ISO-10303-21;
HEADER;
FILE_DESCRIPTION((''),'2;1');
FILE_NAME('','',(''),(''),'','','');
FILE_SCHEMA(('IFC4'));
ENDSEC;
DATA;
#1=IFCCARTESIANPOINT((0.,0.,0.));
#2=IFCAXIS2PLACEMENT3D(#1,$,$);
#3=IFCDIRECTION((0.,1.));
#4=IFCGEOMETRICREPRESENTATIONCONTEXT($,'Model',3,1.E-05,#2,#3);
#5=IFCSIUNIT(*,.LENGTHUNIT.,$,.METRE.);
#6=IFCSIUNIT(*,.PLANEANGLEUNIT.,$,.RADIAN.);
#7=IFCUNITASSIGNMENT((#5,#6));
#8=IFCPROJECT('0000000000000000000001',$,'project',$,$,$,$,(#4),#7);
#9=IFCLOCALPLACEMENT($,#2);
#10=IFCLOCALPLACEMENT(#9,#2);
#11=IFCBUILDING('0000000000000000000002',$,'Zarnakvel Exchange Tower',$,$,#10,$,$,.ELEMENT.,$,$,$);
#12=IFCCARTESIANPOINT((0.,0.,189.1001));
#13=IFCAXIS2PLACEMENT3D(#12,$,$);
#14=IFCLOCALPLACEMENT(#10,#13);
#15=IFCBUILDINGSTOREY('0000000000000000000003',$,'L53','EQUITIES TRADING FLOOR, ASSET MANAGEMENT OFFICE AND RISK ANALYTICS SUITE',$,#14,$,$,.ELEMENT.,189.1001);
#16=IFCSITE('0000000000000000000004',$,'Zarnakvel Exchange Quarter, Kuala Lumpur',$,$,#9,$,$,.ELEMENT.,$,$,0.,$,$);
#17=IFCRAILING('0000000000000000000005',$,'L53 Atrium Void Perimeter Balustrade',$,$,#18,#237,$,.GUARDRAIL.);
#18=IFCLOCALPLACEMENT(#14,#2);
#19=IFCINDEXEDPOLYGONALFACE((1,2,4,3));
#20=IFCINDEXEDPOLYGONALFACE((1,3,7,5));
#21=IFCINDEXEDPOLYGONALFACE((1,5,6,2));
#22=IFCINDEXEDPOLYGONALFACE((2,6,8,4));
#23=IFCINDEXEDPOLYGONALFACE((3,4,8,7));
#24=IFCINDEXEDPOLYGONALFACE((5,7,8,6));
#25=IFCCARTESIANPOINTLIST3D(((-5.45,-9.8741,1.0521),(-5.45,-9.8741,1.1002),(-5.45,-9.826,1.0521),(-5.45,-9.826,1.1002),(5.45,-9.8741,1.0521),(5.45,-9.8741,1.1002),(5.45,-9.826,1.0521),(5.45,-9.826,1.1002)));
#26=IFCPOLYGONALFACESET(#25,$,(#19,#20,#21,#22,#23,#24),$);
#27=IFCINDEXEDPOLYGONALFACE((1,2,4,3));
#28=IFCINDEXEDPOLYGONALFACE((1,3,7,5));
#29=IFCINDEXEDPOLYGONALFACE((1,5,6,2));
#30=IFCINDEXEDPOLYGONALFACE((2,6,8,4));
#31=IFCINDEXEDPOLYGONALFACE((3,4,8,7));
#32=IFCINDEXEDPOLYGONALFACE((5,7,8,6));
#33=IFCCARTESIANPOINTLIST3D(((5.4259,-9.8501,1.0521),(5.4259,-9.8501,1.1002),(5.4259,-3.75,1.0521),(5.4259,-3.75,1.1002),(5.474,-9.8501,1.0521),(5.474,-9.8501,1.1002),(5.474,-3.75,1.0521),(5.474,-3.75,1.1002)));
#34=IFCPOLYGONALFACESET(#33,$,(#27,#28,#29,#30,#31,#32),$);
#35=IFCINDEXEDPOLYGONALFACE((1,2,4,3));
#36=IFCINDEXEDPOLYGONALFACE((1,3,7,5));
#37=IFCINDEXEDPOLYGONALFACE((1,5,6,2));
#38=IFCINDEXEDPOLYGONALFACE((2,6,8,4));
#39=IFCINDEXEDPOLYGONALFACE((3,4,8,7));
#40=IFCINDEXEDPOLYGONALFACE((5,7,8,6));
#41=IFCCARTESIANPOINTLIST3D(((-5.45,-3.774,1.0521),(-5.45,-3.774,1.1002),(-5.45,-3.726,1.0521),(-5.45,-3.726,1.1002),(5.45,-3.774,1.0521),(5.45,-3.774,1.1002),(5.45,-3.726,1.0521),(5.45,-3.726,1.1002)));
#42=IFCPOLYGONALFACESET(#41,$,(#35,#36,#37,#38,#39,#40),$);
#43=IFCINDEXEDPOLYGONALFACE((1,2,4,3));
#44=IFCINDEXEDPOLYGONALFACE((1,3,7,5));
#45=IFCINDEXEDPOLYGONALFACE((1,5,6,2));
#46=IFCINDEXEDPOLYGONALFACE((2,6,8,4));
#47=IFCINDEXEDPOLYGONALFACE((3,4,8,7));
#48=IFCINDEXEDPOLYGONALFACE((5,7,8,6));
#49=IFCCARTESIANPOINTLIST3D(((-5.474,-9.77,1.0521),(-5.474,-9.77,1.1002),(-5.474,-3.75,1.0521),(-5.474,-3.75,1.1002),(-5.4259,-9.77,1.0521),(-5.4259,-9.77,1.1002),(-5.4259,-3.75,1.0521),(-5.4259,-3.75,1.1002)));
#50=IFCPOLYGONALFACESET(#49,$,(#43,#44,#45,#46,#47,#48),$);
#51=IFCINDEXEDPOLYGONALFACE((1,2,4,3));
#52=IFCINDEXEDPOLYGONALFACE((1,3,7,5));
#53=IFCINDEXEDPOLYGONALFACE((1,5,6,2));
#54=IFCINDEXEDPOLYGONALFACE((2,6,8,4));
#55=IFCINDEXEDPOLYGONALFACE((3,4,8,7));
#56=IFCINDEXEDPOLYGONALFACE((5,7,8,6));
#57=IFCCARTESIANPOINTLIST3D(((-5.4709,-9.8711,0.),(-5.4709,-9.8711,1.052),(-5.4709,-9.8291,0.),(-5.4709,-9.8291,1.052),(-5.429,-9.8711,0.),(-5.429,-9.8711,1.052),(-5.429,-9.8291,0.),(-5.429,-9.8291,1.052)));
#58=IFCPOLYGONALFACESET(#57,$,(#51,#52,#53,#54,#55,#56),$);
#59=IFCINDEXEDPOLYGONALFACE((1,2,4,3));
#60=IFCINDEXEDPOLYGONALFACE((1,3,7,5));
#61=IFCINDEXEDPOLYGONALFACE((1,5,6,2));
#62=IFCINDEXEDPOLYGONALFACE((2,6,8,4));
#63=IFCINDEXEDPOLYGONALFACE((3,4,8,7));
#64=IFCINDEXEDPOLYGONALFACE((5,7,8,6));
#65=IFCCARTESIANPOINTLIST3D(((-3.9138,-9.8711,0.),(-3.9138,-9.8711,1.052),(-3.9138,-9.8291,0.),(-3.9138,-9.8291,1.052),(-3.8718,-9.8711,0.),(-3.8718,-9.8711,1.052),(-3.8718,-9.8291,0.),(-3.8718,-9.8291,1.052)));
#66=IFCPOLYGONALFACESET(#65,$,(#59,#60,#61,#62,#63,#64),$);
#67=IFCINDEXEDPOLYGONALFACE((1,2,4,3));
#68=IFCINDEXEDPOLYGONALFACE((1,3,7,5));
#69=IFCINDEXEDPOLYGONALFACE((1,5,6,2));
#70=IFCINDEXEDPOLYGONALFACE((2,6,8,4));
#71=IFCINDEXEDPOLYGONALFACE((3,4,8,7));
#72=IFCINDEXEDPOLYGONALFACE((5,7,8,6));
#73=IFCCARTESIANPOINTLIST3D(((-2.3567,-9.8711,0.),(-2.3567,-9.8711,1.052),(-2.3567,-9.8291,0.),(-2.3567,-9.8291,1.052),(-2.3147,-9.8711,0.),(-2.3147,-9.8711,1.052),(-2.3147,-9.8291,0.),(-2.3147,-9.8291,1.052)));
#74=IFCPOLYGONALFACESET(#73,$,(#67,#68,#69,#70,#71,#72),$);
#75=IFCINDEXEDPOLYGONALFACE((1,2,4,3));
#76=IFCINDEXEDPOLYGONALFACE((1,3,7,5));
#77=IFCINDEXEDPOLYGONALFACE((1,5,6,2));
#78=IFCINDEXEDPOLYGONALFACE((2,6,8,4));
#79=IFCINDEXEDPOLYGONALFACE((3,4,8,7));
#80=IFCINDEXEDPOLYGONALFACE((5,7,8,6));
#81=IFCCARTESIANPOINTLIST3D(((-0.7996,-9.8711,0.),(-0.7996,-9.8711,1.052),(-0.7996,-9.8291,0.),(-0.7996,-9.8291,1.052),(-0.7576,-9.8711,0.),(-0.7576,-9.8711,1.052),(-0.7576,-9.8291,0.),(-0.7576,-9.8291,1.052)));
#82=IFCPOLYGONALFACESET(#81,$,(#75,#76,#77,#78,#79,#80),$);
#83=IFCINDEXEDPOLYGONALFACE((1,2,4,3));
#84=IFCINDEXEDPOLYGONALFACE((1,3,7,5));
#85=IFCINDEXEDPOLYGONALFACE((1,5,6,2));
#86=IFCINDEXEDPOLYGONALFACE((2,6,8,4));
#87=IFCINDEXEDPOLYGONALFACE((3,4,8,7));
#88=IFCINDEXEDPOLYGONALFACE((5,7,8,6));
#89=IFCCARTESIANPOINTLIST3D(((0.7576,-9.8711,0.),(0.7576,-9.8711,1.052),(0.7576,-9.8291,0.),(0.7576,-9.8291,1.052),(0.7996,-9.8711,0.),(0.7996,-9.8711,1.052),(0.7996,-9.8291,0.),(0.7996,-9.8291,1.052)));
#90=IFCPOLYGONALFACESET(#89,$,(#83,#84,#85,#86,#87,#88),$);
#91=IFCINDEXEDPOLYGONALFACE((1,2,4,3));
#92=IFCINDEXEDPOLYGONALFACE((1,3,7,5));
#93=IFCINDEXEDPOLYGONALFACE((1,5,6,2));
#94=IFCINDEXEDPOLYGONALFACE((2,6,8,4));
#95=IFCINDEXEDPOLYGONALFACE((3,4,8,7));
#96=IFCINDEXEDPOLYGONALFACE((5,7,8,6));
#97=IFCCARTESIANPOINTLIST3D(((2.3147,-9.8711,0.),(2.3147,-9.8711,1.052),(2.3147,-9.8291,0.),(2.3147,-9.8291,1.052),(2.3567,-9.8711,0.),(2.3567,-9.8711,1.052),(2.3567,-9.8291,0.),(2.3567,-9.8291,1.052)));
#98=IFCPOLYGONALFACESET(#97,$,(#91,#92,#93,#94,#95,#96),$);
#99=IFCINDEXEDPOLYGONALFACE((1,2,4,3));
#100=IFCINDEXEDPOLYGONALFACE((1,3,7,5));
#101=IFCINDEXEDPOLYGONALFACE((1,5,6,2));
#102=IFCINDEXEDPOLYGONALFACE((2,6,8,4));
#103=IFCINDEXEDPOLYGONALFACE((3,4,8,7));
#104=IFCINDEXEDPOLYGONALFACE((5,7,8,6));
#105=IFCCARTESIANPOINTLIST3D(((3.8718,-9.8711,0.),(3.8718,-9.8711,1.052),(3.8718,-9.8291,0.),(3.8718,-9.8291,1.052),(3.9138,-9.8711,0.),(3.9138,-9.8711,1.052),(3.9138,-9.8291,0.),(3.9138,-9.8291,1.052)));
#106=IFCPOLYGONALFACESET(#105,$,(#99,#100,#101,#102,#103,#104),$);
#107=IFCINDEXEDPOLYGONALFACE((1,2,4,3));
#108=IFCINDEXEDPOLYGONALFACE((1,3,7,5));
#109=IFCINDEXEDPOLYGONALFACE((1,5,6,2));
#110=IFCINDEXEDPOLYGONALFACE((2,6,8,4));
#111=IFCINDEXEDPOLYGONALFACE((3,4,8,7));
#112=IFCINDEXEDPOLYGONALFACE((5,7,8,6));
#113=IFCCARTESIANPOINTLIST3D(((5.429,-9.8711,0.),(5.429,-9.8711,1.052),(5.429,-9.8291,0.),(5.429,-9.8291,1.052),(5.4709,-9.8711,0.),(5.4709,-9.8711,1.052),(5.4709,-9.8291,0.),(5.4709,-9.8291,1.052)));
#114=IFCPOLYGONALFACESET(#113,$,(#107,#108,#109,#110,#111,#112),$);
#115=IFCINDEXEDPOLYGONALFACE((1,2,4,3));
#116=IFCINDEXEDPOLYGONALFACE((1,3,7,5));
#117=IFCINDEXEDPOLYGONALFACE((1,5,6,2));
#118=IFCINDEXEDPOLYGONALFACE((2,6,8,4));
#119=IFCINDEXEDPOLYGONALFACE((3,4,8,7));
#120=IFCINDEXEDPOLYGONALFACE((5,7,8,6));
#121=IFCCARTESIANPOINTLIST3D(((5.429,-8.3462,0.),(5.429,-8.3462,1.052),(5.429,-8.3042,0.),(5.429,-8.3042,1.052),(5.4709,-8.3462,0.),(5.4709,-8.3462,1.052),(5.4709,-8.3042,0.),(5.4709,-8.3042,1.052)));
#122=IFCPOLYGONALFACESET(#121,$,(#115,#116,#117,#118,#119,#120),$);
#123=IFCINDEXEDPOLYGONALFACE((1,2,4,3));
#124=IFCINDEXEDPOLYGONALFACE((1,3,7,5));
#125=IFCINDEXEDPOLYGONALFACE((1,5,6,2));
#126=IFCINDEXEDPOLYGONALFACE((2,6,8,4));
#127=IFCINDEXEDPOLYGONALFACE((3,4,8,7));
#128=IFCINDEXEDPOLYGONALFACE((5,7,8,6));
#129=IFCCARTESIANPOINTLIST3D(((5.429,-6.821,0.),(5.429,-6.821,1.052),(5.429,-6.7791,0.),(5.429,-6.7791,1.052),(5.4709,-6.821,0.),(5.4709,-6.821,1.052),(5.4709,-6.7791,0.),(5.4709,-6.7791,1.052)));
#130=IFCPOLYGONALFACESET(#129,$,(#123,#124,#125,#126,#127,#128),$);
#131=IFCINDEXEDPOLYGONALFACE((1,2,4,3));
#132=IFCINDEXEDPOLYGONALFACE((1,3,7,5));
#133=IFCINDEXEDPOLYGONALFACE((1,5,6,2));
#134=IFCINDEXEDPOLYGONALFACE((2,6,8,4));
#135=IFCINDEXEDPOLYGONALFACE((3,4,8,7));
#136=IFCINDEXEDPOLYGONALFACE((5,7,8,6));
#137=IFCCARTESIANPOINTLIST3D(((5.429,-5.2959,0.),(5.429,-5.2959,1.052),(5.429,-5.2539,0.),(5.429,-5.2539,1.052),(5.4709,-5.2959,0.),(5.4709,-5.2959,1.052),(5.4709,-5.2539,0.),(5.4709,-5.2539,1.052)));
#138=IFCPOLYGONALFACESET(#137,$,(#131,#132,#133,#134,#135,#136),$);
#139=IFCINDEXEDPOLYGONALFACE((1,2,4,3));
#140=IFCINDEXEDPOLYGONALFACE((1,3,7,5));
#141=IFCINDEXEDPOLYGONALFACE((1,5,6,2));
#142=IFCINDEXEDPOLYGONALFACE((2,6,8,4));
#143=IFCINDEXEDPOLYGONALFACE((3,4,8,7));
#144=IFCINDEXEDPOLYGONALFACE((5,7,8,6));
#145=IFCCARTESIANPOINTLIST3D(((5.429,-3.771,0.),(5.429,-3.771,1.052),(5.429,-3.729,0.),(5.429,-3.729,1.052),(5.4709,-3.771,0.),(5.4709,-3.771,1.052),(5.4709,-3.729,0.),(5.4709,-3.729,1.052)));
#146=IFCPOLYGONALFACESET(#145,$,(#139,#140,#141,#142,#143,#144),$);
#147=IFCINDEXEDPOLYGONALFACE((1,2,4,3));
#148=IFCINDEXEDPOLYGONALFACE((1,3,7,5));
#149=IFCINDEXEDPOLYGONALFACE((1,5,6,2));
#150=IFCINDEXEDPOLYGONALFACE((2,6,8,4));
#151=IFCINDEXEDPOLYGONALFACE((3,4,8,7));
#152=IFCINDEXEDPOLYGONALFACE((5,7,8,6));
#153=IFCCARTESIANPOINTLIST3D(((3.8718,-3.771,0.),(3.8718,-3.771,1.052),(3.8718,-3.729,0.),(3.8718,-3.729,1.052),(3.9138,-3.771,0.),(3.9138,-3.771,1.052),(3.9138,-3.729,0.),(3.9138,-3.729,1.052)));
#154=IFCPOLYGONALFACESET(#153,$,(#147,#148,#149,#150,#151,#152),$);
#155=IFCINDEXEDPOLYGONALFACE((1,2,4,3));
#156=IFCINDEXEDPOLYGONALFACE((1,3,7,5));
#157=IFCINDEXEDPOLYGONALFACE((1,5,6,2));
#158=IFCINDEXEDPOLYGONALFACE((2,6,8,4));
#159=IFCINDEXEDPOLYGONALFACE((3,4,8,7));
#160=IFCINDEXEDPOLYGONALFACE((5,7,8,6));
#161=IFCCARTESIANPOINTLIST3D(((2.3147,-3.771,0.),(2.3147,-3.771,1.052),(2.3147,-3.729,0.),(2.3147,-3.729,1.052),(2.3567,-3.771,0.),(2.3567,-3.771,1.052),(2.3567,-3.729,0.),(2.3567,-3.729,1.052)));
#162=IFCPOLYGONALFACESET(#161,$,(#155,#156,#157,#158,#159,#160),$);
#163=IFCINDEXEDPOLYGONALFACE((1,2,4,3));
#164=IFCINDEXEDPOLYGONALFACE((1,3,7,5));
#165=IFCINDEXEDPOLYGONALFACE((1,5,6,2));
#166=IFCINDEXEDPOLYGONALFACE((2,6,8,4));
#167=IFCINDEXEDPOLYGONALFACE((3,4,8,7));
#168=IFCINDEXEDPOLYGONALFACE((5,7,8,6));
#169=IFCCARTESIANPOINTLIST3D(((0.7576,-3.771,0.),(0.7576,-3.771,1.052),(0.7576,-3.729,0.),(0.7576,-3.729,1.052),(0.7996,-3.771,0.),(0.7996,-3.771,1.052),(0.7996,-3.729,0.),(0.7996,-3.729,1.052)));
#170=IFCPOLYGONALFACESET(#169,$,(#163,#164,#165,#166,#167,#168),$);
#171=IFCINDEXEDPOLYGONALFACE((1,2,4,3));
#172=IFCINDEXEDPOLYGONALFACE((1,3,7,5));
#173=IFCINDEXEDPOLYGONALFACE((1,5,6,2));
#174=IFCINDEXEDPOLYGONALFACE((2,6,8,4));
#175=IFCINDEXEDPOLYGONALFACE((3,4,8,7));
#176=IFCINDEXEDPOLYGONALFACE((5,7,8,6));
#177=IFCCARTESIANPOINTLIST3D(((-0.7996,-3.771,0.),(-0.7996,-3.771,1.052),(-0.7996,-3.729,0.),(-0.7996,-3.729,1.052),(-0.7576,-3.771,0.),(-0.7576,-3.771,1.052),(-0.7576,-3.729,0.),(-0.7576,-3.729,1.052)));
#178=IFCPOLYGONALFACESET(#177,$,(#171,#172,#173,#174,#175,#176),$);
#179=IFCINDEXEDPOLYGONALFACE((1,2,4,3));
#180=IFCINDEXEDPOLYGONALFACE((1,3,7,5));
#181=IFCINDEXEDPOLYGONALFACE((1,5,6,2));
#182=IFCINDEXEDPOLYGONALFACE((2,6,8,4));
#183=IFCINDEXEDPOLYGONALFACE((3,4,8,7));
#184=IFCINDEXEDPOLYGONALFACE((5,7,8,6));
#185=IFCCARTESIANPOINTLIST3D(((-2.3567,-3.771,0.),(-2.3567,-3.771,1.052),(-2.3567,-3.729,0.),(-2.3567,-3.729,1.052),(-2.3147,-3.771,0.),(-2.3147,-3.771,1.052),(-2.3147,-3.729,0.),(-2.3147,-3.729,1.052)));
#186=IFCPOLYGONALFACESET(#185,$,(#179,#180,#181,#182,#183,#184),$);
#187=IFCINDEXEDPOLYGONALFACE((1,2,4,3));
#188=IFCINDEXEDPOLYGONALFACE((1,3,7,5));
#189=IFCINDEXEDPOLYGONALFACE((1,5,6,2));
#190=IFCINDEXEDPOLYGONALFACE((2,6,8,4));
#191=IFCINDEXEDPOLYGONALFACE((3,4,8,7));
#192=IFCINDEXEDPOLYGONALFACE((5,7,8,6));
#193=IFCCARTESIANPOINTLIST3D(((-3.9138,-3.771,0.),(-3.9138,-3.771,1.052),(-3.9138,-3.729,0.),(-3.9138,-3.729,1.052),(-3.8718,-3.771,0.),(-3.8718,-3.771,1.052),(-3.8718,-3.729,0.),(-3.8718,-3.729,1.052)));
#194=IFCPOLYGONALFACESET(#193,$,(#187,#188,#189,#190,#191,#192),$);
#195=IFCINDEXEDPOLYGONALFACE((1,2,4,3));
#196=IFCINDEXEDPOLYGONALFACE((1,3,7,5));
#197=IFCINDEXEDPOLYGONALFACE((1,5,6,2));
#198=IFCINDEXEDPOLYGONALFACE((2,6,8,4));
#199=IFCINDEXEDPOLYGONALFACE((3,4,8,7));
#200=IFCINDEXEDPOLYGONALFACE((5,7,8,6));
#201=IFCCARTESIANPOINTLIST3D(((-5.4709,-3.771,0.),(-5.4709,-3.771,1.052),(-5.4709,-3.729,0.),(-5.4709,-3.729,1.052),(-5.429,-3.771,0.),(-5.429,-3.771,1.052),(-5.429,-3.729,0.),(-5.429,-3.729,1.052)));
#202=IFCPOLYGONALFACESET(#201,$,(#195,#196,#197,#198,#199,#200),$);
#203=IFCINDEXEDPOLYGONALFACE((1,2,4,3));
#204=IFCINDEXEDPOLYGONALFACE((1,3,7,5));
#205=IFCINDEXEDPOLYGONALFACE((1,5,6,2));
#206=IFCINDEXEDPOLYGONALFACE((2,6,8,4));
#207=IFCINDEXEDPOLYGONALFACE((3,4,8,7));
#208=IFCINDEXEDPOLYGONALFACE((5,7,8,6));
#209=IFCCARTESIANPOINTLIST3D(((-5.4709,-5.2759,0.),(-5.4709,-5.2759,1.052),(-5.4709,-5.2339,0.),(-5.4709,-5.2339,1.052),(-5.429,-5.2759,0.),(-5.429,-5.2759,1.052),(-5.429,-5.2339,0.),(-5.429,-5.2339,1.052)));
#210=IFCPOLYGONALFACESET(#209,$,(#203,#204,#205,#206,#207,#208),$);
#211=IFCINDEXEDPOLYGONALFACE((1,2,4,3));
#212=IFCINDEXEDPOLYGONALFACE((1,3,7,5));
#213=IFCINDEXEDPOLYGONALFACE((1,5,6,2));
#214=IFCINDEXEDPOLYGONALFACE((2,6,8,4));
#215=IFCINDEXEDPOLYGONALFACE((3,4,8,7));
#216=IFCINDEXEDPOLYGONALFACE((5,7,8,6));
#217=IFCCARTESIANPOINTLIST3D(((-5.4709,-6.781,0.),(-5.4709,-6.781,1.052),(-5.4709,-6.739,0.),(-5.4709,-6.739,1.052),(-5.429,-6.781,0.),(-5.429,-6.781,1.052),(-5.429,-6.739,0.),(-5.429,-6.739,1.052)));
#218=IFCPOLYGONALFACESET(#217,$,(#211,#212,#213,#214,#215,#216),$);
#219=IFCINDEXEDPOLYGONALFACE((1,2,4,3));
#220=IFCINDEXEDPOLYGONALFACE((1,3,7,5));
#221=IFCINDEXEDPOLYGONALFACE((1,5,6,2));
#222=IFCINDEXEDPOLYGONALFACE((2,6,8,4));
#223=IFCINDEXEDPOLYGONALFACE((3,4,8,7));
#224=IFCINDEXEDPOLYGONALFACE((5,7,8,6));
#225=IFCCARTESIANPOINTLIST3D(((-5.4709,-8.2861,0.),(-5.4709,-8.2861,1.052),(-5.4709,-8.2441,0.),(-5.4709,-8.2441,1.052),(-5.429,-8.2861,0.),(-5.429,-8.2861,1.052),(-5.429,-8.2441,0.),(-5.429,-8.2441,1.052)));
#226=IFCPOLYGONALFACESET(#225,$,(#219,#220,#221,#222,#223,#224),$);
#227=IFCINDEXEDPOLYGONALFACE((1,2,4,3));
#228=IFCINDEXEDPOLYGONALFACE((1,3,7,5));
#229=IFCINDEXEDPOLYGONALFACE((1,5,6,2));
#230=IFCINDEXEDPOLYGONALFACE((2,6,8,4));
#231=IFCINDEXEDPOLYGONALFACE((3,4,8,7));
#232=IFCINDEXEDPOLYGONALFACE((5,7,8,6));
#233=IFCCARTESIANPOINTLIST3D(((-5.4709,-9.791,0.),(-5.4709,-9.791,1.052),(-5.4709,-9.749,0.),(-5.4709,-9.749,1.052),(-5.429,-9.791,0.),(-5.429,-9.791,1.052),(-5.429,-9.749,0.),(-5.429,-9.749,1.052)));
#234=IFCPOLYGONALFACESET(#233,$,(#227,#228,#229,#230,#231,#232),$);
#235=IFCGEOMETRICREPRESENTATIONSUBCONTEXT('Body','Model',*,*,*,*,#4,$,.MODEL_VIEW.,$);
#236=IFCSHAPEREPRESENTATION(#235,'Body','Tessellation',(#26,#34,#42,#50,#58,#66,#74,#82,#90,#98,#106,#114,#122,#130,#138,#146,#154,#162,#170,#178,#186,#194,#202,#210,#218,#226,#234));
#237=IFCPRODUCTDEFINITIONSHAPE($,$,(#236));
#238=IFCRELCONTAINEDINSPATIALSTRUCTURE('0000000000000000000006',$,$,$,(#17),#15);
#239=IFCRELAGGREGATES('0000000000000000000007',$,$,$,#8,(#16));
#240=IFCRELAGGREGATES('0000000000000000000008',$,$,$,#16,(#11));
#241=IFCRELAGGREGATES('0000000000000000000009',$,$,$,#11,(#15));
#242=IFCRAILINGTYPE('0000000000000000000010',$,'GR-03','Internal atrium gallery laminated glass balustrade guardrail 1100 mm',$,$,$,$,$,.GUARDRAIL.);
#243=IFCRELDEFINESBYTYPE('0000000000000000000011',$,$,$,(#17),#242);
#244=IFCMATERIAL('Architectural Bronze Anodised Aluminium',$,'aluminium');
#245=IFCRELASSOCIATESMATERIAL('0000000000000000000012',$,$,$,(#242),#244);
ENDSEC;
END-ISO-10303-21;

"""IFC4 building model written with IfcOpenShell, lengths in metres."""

from ifc_helpers import new_model, si_unit, direction, frame, origin, origin_2d, place, context, subcontext, project, spatial, rectangle, extrude, material, type_object, element, save


model = new_model("IFC4")

# Units and contexts
model_context = context("Model", 3, precision=1e-05, world=origin(), true_north=direction((0.0, 1.0)))
body_context = subcontext(model_context, "Body", "Model", "MODEL_VIEW")
ifc_project = project(units=[si_unit("LENGTHUNIT", "METRE"), si_unit("PLANEANGLEUNIT", "RADIAN")], contexts=[model_context])

# Site, building, storey
site_placement = place(None, origin())
site = spatial("IfcSite", under=ifc_project, at=site_placement, Name="Zarnakvel Exchange Quarter, Kuala Lumpur", CompositionType="ELEMENT", RefElevation=0.0)
building_placement = place(site_placement, origin())
building = spatial("IfcBuilding", under=site, at=building_placement, Name="Zarnakvel Exchange Tower", CompositionType="ELEMENT")
storey_placement = place(building_placement, frame((0.0, 0.0, 189.1001)))
storey = spatial("IfcBuildingStorey", under=building, at=storey_placement, Name="L53", Description="EQUITIES TRADING FLOOR, ASSET MANAGEMENT OFFICE AND RISK ANALYTICS SUITE", CompositionType="ELEMENT", Elevation=189.1001)

# Railing
ifc_material_1 = material(Name="Architectural Bronze Anodised Aluminium", Category="aluminium")
railing_type_1 = type_object("IfcRailingType", Name="GR-03", Description="Internal atrium gallery laminated glass balustrade guardrail 1100 mm", PredefinedType="GUARDRAIL", material=ifc_material_1)
railing_1_placement = place(storey_placement, frame((-5.45, -9.8501, 0.0)))
element("IfcRailing", 1, at=railing_1_placement, inside=storey, type_object=railing_type_1, Name="L53 Atrium Void Perimeter Balustrade", PredefinedType="GUARDRAIL", context=body_context, shape_type="SweptSolid", body=[
    extrude(rectangle(XDim=0.0481, YDim=0.0481, at=origin_2d()), frame((0.0, 0.0, 1.0762), z_axis=(1.0, 0.0, 0.0), x_axis=(0.0, 1.0, 0.0)), (0.0, 0.0, 1.0), 10.8999),
    extrude(rectangle(XDim=0.0481, YDim=0.0481, at=origin_2d()), frame((10.8999, 0.0, 1.0762), z_axis=(0.0, 1.0, 0.0), x_axis=(-1.0, 0.0, 0.0)), (0.0, 0.0, 1.0), 6.1001),
    extrude(rectangle(XDim=0.0481, YDim=0.0481, at=origin_2d()), frame((10.8999, 6.1001, 1.0762), z_axis=(-1.0, 0.0, 0.0), x_axis=(0.0, -1.0, 0.0)), (0.0, 0.0, 1.0), 10.8999),
    extrude(rectangle(XDim=0.0481, YDim=0.0481, at=origin_2d()), frame((0.0, 6.1001, 1.0762), z_axis=(0.0, -1.0, 0.0), x_axis=(1.0, 0.0, 0.0)), (0.0, 0.0, 1.0), 6.02),
    extrude(rectangle(XDim=0.042, YDim=0.042, at=origin_2d()), origin(), (0.0, 0.0, 1.0), 1.052),
    extrude(rectangle(XDim=0.042, YDim=0.042, at=origin_2d()), frame((1.5571, 0.0, 0.0)), (0.0, 0.0, 1.0), 1.052),
    extrude(rectangle(XDim=0.042, YDim=0.042, at=origin_2d()), frame((3.1143, 0.0, 0.0)), (0.0, 0.0, 1.0), 1.052),
    extrude(rectangle(XDim=0.042, YDim=0.042, at=origin_2d()), frame((4.6714, 0.0, 0.0)), (0.0, 0.0, 1.0), 1.052),
    extrude(rectangle(XDim=0.042, YDim=0.042, at=origin_2d()), frame((6.2285, 0.0, 0.0)), (0.0, 0.0, 1.0), 1.052),
    extrude(rectangle(XDim=0.042, YDim=0.042, at=origin_2d()), frame((7.7856, 0.0, 0.0)), (0.0, 0.0, 1.0), 1.052),
    extrude(rectangle(XDim=0.042, YDim=0.042, at=origin_2d()), frame((9.3428, 0.0, 0.0)), (0.0, 0.0, 1.0), 1.052),
    extrude(rectangle(XDim=0.042, YDim=0.042, at=origin_2d()), frame((10.8999, 0.0, 0.0)), (0.0, 0.0, 1.0), 1.052),
    extrude(rectangle(XDim=0.042, YDim=0.042, at=origin_2d()), frame((10.8999, 1.5249, 0.0)), (0.0, 0.0, 1.0), 1.052),
    extrude(rectangle(XDim=0.042, YDim=0.042, at=origin_2d()), frame((10.8999, 3.05, 0.0)), (0.0, 0.0, 1.0), 1.052),
    extrude(rectangle(XDim=0.042, YDim=0.042, at=origin_2d()), frame((10.8999, 4.5752, 0.0)), (0.0, 0.0, 1.0), 1.052),
    extrude(rectangle(XDim=0.042, YDim=0.042, at=origin_2d()), frame((10.8999, 6.1001, 0.0)), (0.0, 0.0, 1.0), 1.052),
    extrude(rectangle(XDim=0.042, YDim=0.042, at=origin_2d()), frame((9.3428, 6.1001, 0.0)), (0.0, 0.0, 1.0), 1.052),
    extrude(rectangle(XDim=0.042, YDim=0.042, at=origin_2d()), frame((7.7856, 6.1001, 0.0)), (0.0, 0.0, 1.0), 1.052),
    extrude(rectangle(XDim=0.042, YDim=0.042, at=origin_2d()), frame((6.2285, 6.1001, 0.0)), (0.0, 0.0, 1.0), 1.052),
    extrude(rectangle(XDim=0.042, YDim=0.042, at=origin_2d()), frame((4.6714, 6.1001, 0.0)), (0.0, 0.0, 1.0), 1.052),
    extrude(rectangle(XDim=0.042, YDim=0.042, at=origin_2d()), frame((3.1143, 6.1001, 0.0)), (0.0, 0.0, 1.0), 1.052),
    extrude(rectangle(XDim=0.042, YDim=0.042, at=origin_2d()), frame((1.5571, 6.1001, 0.0)), (0.0, 0.0, 1.0), 1.052),
    extrude(rectangle(XDim=0.042, YDim=0.042, at=origin_2d()), frame((0.0, 6.1001, 0.0)), (0.0, 0.0, 1.0), 1.052),
    extrude(rectangle(XDim=0.042, YDim=0.042, at=origin_2d()), frame((0.0, 4.5952, 0.0)), (0.0, 0.0, 1.0), 1.052),
    extrude(rectangle(XDim=0.042, YDim=0.042, at=origin_2d()), frame((0.0, 3.0901, 0.0)), (0.0, 0.0, 1.0), 1.052),
    extrude(rectangle(XDim=0.042, YDim=0.042, at=origin_2d()), frame((0.0, 1.585, 0.0)), (0.0, 0.0, 1.0), 1.052),
    extrude(rectangle(XDim=0.042, YDim=0.042, at=origin_2d()), frame((0.0, 0.0801, 0.0)), (0.0, 0.0, 1.0), 1.052),
])

save(model, "model.ifc")
